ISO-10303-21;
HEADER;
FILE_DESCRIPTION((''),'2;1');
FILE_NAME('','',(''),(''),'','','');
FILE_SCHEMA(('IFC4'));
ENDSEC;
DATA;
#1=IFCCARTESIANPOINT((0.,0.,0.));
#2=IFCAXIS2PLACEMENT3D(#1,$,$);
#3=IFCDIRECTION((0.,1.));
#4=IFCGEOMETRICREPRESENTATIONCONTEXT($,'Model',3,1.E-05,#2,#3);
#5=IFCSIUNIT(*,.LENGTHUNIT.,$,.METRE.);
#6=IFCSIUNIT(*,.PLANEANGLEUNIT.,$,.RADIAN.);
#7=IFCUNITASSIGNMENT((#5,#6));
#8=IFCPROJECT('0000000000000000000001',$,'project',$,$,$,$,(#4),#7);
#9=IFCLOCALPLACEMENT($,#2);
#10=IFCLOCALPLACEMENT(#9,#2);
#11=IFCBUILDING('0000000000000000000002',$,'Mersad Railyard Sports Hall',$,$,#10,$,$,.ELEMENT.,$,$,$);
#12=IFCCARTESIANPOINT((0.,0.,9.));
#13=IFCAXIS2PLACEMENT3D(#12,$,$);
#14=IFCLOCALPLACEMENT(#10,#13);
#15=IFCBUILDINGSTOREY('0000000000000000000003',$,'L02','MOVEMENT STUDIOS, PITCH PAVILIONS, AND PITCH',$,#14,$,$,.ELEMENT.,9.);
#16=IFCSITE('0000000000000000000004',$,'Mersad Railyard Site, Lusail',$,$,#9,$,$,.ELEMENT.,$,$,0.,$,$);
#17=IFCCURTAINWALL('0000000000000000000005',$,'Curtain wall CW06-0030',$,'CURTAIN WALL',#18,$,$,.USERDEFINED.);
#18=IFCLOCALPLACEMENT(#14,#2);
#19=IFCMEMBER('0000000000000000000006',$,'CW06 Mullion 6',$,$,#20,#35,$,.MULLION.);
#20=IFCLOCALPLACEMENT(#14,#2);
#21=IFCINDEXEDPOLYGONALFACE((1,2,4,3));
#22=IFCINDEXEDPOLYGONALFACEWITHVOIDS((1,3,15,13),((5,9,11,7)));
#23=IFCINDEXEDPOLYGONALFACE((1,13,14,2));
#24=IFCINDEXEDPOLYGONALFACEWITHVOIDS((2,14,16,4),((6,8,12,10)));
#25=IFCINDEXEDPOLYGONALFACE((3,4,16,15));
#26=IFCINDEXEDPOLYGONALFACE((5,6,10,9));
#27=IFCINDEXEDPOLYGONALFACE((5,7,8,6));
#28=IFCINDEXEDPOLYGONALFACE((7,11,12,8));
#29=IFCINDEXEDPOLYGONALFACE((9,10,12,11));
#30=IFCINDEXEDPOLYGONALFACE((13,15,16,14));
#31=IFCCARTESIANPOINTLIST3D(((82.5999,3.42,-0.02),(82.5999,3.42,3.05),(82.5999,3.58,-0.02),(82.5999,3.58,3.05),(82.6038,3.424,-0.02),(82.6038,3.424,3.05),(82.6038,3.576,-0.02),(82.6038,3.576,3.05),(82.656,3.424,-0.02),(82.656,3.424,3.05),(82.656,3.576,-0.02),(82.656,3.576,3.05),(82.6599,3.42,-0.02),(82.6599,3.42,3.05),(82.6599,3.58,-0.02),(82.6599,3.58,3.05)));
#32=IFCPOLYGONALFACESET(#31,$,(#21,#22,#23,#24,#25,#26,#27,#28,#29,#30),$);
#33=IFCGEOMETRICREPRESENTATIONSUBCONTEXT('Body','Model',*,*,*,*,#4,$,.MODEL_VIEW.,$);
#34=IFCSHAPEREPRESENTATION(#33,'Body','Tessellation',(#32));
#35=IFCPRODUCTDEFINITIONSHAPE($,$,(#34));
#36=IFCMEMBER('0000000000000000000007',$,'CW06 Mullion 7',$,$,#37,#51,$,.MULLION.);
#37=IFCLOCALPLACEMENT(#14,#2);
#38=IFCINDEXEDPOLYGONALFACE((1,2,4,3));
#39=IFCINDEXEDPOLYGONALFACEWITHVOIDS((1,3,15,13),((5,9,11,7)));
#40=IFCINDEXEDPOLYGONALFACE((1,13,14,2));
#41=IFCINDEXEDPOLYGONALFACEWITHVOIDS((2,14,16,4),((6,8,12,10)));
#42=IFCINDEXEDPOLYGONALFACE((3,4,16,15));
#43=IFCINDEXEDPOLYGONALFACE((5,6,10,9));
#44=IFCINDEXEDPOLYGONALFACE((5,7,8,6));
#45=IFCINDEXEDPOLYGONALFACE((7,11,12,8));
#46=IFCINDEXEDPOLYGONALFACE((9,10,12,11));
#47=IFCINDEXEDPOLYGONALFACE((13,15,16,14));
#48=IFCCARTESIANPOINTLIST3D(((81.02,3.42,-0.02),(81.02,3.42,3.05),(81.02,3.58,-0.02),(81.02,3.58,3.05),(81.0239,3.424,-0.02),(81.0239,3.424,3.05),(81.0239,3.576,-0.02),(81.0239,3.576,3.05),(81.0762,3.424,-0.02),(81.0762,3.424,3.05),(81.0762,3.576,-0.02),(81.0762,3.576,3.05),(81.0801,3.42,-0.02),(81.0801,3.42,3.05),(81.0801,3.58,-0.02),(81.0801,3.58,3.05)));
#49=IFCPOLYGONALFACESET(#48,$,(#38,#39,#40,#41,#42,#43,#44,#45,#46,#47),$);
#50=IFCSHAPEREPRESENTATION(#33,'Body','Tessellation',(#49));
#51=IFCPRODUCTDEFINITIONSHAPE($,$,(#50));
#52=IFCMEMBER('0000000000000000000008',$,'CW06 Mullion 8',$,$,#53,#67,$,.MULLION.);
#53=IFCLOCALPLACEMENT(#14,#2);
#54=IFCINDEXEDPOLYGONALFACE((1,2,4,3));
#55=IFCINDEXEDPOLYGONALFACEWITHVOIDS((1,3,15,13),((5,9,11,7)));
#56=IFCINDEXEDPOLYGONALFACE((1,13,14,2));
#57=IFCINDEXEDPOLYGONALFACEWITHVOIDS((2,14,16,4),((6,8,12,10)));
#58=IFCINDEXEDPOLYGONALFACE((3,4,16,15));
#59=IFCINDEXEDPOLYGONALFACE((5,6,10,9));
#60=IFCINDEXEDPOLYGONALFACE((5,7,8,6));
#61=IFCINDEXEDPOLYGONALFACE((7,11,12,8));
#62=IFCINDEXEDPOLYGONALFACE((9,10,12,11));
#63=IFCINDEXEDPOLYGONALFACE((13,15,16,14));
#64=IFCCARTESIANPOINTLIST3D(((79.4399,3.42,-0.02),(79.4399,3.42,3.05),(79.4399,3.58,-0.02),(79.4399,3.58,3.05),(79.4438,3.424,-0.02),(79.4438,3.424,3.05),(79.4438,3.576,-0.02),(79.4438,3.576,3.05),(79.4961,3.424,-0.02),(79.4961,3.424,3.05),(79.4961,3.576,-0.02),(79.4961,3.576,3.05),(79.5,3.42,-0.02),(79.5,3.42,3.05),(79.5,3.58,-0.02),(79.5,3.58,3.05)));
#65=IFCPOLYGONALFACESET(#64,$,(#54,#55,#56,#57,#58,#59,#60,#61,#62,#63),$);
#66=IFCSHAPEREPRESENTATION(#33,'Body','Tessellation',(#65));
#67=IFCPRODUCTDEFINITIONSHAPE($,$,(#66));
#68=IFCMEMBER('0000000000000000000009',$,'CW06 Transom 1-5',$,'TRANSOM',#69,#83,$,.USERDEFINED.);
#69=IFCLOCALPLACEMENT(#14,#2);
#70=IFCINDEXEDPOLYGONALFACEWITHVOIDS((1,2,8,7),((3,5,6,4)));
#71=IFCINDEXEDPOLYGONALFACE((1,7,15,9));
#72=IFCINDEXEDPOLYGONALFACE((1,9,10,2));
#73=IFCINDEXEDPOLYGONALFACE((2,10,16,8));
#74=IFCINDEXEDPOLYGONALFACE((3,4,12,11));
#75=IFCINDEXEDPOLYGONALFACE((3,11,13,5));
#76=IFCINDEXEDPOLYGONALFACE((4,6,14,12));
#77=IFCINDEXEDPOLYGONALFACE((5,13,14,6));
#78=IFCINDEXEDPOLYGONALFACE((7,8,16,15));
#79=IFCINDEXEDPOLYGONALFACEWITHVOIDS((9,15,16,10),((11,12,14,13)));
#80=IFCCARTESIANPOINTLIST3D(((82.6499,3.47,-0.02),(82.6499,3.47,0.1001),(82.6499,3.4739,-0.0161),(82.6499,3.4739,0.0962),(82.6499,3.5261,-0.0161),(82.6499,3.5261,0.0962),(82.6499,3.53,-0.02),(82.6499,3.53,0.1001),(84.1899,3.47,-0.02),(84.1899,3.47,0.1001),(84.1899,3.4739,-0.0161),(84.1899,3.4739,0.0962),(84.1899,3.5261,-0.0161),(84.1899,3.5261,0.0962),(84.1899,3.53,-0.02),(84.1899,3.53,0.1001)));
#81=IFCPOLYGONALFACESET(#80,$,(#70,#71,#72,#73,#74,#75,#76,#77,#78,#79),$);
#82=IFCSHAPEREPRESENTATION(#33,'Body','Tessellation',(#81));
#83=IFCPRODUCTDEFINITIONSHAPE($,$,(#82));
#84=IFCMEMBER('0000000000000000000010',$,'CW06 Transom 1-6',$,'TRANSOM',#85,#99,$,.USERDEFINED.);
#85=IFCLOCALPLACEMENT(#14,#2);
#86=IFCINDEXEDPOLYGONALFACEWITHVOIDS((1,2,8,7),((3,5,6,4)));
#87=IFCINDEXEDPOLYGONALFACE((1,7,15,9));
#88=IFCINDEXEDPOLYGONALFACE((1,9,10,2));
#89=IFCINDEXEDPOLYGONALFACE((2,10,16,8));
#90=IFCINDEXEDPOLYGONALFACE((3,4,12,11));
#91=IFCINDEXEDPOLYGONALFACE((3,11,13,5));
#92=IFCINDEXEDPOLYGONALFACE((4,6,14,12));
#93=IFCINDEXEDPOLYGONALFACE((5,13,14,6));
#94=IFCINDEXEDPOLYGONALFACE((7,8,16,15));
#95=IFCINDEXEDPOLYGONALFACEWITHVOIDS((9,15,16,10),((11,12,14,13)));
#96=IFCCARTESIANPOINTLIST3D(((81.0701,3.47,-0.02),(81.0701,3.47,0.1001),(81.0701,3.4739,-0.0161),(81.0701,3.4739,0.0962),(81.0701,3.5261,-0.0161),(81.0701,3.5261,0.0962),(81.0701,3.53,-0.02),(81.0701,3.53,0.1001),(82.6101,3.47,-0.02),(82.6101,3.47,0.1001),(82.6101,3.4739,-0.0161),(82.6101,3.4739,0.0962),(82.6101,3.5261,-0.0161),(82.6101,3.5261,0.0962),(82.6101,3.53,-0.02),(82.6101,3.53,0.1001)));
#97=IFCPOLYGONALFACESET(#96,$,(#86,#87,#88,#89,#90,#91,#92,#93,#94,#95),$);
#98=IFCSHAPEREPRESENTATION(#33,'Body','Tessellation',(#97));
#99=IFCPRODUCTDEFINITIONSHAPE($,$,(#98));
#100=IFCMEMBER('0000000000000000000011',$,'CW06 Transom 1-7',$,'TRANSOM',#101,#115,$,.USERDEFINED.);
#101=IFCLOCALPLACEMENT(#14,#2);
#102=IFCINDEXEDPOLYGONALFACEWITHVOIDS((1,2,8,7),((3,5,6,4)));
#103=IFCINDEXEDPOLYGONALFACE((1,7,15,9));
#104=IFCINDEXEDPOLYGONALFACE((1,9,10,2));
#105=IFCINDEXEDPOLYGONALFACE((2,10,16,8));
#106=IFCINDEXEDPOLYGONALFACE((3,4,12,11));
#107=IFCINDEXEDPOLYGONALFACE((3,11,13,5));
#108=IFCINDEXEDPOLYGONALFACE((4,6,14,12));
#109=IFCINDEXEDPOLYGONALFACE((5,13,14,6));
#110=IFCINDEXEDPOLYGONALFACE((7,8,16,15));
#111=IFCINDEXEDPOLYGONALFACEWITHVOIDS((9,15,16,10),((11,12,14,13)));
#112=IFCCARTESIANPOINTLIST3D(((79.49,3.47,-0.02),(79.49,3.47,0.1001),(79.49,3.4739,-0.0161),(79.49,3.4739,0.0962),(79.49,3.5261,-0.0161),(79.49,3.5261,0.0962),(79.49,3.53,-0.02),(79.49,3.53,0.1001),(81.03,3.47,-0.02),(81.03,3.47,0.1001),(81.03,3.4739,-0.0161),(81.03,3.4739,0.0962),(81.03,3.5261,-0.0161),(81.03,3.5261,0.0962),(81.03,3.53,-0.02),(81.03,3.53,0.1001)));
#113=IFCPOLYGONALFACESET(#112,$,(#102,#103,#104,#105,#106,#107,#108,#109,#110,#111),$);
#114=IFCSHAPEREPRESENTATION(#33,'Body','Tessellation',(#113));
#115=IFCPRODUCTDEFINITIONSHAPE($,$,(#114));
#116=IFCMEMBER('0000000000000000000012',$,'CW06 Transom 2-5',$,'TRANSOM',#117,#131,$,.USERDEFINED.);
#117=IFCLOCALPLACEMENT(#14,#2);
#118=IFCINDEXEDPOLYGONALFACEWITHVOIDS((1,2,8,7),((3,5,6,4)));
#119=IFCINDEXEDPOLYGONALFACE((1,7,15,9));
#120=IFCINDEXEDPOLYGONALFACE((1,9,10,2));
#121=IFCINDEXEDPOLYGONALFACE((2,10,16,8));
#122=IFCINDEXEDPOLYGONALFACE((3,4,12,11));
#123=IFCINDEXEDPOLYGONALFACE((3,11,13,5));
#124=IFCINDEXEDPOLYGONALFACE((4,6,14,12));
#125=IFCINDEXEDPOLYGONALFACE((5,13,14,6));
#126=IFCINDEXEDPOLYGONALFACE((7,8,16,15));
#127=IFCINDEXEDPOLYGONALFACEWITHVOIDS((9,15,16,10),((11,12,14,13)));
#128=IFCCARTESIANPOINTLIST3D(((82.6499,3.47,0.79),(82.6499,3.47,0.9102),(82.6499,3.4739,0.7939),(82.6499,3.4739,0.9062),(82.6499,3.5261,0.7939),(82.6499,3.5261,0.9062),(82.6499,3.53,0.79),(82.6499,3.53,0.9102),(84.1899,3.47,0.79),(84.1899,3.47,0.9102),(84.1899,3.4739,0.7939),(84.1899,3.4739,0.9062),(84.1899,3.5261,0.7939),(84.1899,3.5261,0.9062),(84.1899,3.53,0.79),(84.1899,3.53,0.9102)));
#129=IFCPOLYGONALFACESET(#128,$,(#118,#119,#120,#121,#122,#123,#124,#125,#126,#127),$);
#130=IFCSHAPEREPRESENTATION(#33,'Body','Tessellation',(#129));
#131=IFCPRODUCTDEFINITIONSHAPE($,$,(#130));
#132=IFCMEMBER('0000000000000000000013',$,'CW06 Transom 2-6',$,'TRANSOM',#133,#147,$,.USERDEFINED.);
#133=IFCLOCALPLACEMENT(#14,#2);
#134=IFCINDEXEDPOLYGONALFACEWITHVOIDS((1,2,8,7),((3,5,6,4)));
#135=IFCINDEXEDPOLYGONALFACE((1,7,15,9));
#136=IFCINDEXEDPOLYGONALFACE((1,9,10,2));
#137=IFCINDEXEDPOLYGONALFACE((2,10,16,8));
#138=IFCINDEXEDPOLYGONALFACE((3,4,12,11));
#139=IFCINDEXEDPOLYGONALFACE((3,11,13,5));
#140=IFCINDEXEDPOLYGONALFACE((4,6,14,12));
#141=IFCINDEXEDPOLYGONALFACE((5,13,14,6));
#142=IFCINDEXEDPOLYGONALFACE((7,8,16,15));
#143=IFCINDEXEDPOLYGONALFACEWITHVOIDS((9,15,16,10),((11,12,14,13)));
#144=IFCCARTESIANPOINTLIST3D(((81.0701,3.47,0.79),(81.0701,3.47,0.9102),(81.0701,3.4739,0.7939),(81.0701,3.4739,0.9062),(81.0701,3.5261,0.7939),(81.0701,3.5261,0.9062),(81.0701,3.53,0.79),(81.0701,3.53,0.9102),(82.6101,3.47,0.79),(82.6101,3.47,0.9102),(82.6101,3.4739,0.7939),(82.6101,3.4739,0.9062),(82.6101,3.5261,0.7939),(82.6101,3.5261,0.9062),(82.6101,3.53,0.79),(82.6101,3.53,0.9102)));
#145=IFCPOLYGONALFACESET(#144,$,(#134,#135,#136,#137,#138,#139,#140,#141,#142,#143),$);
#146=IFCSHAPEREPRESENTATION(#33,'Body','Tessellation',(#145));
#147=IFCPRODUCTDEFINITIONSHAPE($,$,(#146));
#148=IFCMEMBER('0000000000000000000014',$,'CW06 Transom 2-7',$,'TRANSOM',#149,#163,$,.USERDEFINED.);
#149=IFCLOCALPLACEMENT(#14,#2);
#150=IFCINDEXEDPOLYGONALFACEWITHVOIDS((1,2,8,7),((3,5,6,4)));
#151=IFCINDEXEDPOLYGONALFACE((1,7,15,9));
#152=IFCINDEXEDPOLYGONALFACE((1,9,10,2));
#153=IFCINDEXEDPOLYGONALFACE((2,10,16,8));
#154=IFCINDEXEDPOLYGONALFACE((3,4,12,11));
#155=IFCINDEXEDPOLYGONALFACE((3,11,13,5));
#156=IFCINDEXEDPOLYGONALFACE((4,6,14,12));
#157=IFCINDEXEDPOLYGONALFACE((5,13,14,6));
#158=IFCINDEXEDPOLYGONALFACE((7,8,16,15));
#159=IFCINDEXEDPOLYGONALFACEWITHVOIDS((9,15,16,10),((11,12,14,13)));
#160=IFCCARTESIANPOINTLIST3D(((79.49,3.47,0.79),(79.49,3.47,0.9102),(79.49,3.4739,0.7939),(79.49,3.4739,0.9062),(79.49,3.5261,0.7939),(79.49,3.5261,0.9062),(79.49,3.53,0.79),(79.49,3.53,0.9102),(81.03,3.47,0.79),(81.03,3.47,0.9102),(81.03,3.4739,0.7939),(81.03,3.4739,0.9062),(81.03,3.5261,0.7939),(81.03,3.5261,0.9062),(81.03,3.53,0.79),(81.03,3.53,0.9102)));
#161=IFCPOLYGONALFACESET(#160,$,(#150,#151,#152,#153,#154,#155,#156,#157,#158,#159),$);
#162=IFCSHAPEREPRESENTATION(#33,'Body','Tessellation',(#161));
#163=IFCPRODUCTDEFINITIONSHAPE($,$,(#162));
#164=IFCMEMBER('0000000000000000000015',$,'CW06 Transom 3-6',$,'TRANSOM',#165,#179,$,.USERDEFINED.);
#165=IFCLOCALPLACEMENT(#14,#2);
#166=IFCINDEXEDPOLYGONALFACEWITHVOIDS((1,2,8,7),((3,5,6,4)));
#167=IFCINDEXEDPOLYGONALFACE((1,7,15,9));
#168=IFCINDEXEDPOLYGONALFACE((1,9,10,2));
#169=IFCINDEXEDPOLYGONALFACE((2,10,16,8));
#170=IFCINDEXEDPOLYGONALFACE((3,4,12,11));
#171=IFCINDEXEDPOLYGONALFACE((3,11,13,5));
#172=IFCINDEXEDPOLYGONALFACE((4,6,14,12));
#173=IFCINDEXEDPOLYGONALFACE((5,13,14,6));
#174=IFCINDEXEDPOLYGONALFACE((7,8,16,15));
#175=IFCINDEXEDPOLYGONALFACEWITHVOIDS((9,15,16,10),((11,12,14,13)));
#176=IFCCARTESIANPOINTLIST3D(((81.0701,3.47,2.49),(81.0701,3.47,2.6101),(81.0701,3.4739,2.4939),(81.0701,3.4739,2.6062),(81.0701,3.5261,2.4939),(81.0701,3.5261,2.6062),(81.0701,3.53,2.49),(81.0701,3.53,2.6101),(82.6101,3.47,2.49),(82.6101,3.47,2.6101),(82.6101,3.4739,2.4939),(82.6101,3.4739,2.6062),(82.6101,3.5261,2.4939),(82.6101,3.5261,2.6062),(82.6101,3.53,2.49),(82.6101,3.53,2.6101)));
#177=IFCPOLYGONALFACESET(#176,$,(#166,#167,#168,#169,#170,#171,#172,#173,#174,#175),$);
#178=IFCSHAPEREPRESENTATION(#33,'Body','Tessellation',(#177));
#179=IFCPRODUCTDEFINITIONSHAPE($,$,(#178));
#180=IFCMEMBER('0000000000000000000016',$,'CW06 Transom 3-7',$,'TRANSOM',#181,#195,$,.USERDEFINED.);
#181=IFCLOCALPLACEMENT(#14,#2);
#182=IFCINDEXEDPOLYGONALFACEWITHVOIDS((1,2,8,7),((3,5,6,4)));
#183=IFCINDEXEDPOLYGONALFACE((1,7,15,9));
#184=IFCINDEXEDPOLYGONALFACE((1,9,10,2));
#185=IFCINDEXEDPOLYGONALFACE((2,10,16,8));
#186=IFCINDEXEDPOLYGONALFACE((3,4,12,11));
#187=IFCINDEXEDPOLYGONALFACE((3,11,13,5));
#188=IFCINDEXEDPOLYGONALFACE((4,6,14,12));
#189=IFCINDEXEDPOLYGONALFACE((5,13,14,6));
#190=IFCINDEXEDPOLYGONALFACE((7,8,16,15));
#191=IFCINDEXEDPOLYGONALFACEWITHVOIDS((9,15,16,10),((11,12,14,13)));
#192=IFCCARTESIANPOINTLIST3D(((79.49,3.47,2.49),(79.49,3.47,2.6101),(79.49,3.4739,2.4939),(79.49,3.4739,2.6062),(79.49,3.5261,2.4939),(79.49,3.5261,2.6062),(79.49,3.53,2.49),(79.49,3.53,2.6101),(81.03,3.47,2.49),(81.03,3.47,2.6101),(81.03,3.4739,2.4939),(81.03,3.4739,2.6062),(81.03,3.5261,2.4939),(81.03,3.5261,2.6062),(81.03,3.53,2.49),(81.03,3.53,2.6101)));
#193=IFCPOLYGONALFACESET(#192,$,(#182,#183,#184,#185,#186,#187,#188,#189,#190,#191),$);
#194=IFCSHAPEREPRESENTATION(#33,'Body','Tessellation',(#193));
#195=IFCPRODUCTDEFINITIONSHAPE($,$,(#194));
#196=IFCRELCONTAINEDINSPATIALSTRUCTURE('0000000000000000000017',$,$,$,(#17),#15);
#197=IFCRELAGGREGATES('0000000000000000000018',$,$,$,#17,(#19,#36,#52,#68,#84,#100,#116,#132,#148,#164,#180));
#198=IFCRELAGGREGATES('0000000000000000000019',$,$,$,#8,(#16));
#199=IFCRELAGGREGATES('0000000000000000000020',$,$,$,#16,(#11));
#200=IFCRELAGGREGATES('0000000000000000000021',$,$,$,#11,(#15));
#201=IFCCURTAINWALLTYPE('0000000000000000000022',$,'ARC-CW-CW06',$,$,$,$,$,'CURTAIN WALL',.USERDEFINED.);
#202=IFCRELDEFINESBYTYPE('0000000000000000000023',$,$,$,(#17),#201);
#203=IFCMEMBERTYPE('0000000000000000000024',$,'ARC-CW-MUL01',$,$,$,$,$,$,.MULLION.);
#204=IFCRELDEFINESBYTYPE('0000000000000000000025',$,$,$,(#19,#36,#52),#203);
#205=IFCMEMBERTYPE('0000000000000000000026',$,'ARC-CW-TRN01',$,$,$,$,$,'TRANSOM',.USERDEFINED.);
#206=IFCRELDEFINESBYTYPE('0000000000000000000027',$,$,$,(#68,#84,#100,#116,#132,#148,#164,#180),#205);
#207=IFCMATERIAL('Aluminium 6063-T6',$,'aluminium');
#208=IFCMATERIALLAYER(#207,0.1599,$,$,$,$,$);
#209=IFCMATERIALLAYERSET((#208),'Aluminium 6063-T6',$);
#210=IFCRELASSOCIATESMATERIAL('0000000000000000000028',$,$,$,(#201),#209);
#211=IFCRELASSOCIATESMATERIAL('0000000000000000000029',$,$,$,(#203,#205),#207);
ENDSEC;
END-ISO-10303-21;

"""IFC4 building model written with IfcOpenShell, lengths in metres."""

from ifc_helpers import new_model, si_unit, direction, frame, origin, origin_2d, place, context, subcontext, project, spatial, hollow_rectangle, extrude, material, layer, layer_set, material_profile, profile_set, type_object, element, aggregate, save


model = new_model("IFC4")

# Units and contexts
model_context = context("Model", 3, precision=1e-05, world=origin(), true_north=direction((0.0, 1.0)))
body_context = subcontext(model_context, "Body", "Model", "MODEL_VIEW")
ifc_project = project(units=[si_unit("LENGTHUNIT", "METRE"), si_unit("PLANEANGLEUNIT", "RADIAN")], contexts=[model_context])

# Site, building, storey
site_placement = place(None, origin())
site = spatial("IfcSite", under=ifc_project, at=site_placement, Name="Mersad Railyard Site, Lusail", CompositionType="ELEMENT", RefElevation=0.0)
building_placement = place(site_placement, origin())
building = spatial("IfcBuilding", under=site, at=building_placement, Name="Mersad Railyard Sports Hall", CompositionType="ELEMENT")
storey_placement = place(building_placement, frame((0.0, 0.0, 9.0)))
storey = spatial("IfcBuildingStorey", under=building, at=storey_placement, Name="L02", Description="MOVEMENT STUDIOS, PITCH PAVILIONS, AND PITCH", CompositionType="ELEMENT", Elevation=9.0)

# Curtain wall, members
ifc_material_1 = material(Name="Aluminium 6063-T6", Category="aluminium")
ifc_layer_1 = layer(ifc_material_1, 0.1599)
ifc_layer_set_1 = layer_set([ifc_layer_1], Name="Aluminium 6063-T6")
curtain_wall_type = type_object("IfcCurtainWallType", Name="ARC-CW-CW06", ElementType="CURTAIN WALL", PredefinedType="USERDEFINED", material=ifc_layer_set_1)
curtain_wall_placement = place(storey_placement, origin())
curtain_wall = element("IfcCurtainWall", 1, at=curtain_wall_placement, inside=storey, type_object=curtain_wall_type, Name="Curtain wall CW06-0030", ObjectType="CURTAIN WALL", PredefinedType="USERDEFINED")
ifc_material_profile_1 = material_profile(ifc_material_1, hollow_rectangle(XDim=0.0601, YDim=0.1599, WallThickness=0.0039, at=origin_2d()), Name="AL MULLION 60x160x4")
ifc_profile_set_1 = profile_set([ifc_material_profile_1], Name="Aluminium 6063-T6")
member_type_1 = type_object("IfcMemberType", Name="ARC-CW-MUL01", PredefinedType="MULLION", material=ifc_profile_set_1)
member_1_placement = place(storey_placement, frame((82.6299, 3.5, -0.02), z_axis=(0.0, 0.0, 1.0), x_axis=(1.0, 0.0, 0.0)))
member_1 = element("IfcMember", 2, at=member_1_placement, type_object=member_type_1, Name="CW06 Mullion 6", PredefinedType="MULLION", context=body_context, shape_type="SweptSolid", body=[
    extrude(hollow_rectangle(XDim=0.0601, YDim=0.1599, WallThickness=0.0039, at=origin_2d()), origin(), (0.0, 0.0, 1.0), 3.0701),
])
member_2_placement = place(storey_placement, frame((81.05, 3.5, -0.02), z_axis=(0.0, 0.0, 1.0), x_axis=(1.0, 0.0, 0.0)))
member_2 = element("IfcMember", 3, at=member_2_placement, type_object=member_type_1, Name="CW06 Mullion 7", PredefinedType="MULLION", context=body_context, shape_type="SweptSolid", body=[
    extrude(hollow_rectangle(XDim=0.0601, YDim=0.1599, WallThickness=0.0039, at=origin_2d()), origin(), (0.0, 0.0, 1.0), 3.0701),
])
member_3_placement = place(storey_placement, frame((79.47, 3.5, -0.02), z_axis=(0.0, 0.0, 1.0), x_axis=(1.0, 0.0, 0.0)))
member_3 = element("IfcMember", 4, at=member_3_placement, type_object=member_type_1, Name="CW06 Mullion 8", PredefinedType="MULLION", context=body_context, shape_type="SweptSolid", body=[
    extrude(hollow_rectangle(XDim=0.0601, YDim=0.1599, WallThickness=0.0039, at=origin_2d()), origin(), (0.0, 0.0, 1.0), 3.0701),
])
ifc_material_profile_2 = material_profile(ifc_material_1, hollow_rectangle(XDim=0.0601, YDim=0.1201, WallThickness=0.0039, at=origin_2d()), Name="AL TRANSOM 60x120x4")
ifc_profile_set_2 = profile_set([ifc_material_profile_2], Name="Aluminium 6063-T6")
member_type_2 = type_object("IfcMemberType", Name="ARC-CW-TRN01", ElementType="TRANSOM", PredefinedType="USERDEFINED", material=ifc_profile_set_2)
member_4_placement = place(storey_placement, frame((84.1899, 3.5, 0.04), z_axis=(-1.0, 0.0, 0.0), x_axis=(0.0, -1.0, 0.0)))
member_4 = element("IfcMember", 5, at=member_4_placement, type_object=member_type_2, Name="CW06 Transom 1-5", ObjectType="TRANSOM", PredefinedType="USERDEFINED", context=body_context, shape_type="SweptSolid", body=[
    extrude(hollow_rectangle(XDim=0.0601, YDim=0.1201, WallThickness=0.0039, at=origin_2d()), origin(), (0.0, 0.0, 1.0), 1.54),
])
member_5_placement = place(storey_placement, frame((82.6101, 3.5, 0.04), z_axis=(-1.0, 0.0, 0.0), x_axis=(0.0, -1.0, 0.0)))
member_5 = element("IfcMember", 6, at=member_5_placement, type_object=member_type_2, Name="CW06 Transom 1-6", ObjectType="TRANSOM", PredefinedType="USERDEFINED", context=body_context, shape_type="SweptSolid", body=[
    extrude(hollow_rectangle(XDim=0.0601, YDim=0.1201, WallThickness=0.0039, at=origin_2d()), origin(), (0.0, 0.0, 1.0), 1.54),
])
member_6_placement = place(storey_placement, frame((81.03, 3.5, 0.04), z_axis=(-1.0, 0.0, 0.0), x_axis=(0.0, -1.0, 0.0)))
member_6 = element("IfcMember", 7, at=member_6_placement, type_object=member_type_2, Name="CW06 Transom 1-7", ObjectType="TRANSOM", PredefinedType="USERDEFINED", context=body_context, shape_type="SweptSolid", body=[
    extrude(hollow_rectangle(XDim=0.0601, YDim=0.1201, WallThickness=0.0039, at=origin_2d()), origin(), (0.0, 0.0, 1.0), 1.54),
])
member_7_placement = place(storey_placement, frame((84.1899, 3.5, 0.8501), z_axis=(-1.0, 0.0, 0.0), x_axis=(0.0, -1.0, 0.0)))
member_7 = element("IfcMember", 8, at=member_7_placement, type_object=member_type_2, Name="CW06 Transom 2-5", ObjectType="TRANSOM", PredefinedType="USERDEFINED", context=body_context, shape_type="SweptSolid", body=[
    extrude(hollow_rectangle(XDim=0.0601, YDim=0.1201, WallThickness=0.0039, at=origin_2d()), origin(), (0.0, 0.0, 1.0), 1.54),
])
member_8_placement = place(storey_placement, frame((82.6101, 3.5, 0.8501), z_axis=(-1.0, 0.0, 0.0), x_axis=(0.0, -1.0, 0.0)))
member_8 = element("IfcMember", 9, at=member_8_placement, type_object=member_type_2, Name="CW06 Transom 2-6", ObjectType="TRANSOM", PredefinedType="USERDEFINED", context=body_context, shape_type="SweptSolid", body=[
    extrude(hollow_rectangle(XDim=0.0601, YDim=0.1201, WallThickness=0.0039, at=origin_2d()), origin(), (0.0, 0.0, 1.0), 1.54),
])
member_9_placement = place(storey_placement, frame((81.03, 3.5, 0.8501), z_axis=(-1.0, 0.0, 0.0), x_axis=(0.0, -1.0, 0.0)))
member_9 = element("IfcMember", 10, at=member_9_placement, type_object=member_type_2, Name="CW06 Transom 2-7", ObjectType="TRANSOM", PredefinedType="USERDEFINED", context=body_context, shape_type="SweptSolid", body=[
    extrude(hollow_rectangle(XDim=0.0601, YDim=0.1201, WallThickness=0.0039, at=origin_2d()), origin(), (0.0, 0.0, 1.0), 1.54),
])
member_10_placement = place(storey_placement, frame((82.6101, 3.5, 2.55), z_axis=(-1.0, 0.0, 0.0), x_axis=(0.0, -1.0, 0.0)))
member_10 = element("IfcMember", 11, at=member_10_placement, type_object=member_type_2, Name="CW06 Transom 3-6", ObjectType="TRANSOM", PredefinedType="USERDEFINED", context=body_context, shape_type="SweptSolid", body=[
    extrude(hollow_rectangle(XDim=0.0601, YDim=0.1201, WallThickness=0.0039, at=origin_2d()), origin(), (0.0, 0.0, 1.0), 1.54),
])
member_11_placement = place(storey_placement, frame((81.03, 3.5, 2.55), z_axis=(-1.0, 0.0, 0.0), x_axis=(0.0, -1.0, 0.0)))
member_11 = element("IfcMember", 12, at=member_11_placement, type_object=member_type_2, Name="CW06 Transom 3-7", ObjectType="TRANSOM", PredefinedType="USERDEFINED", context=body_context, shape_type="SweptSolid", body=[
    extrude(hollow_rectangle(XDim=0.0601, YDim=0.1201, WallThickness=0.0039, at=origin_2d()), origin(), (0.0, 0.0, 1.0), 1.54),
])
aggregate(curtain_wall, [member_1, member_2, member_3, member_4, member_5, member_6, member_7, member_8, member_9, member_10, member_11])

save(model, "model.ifc")
